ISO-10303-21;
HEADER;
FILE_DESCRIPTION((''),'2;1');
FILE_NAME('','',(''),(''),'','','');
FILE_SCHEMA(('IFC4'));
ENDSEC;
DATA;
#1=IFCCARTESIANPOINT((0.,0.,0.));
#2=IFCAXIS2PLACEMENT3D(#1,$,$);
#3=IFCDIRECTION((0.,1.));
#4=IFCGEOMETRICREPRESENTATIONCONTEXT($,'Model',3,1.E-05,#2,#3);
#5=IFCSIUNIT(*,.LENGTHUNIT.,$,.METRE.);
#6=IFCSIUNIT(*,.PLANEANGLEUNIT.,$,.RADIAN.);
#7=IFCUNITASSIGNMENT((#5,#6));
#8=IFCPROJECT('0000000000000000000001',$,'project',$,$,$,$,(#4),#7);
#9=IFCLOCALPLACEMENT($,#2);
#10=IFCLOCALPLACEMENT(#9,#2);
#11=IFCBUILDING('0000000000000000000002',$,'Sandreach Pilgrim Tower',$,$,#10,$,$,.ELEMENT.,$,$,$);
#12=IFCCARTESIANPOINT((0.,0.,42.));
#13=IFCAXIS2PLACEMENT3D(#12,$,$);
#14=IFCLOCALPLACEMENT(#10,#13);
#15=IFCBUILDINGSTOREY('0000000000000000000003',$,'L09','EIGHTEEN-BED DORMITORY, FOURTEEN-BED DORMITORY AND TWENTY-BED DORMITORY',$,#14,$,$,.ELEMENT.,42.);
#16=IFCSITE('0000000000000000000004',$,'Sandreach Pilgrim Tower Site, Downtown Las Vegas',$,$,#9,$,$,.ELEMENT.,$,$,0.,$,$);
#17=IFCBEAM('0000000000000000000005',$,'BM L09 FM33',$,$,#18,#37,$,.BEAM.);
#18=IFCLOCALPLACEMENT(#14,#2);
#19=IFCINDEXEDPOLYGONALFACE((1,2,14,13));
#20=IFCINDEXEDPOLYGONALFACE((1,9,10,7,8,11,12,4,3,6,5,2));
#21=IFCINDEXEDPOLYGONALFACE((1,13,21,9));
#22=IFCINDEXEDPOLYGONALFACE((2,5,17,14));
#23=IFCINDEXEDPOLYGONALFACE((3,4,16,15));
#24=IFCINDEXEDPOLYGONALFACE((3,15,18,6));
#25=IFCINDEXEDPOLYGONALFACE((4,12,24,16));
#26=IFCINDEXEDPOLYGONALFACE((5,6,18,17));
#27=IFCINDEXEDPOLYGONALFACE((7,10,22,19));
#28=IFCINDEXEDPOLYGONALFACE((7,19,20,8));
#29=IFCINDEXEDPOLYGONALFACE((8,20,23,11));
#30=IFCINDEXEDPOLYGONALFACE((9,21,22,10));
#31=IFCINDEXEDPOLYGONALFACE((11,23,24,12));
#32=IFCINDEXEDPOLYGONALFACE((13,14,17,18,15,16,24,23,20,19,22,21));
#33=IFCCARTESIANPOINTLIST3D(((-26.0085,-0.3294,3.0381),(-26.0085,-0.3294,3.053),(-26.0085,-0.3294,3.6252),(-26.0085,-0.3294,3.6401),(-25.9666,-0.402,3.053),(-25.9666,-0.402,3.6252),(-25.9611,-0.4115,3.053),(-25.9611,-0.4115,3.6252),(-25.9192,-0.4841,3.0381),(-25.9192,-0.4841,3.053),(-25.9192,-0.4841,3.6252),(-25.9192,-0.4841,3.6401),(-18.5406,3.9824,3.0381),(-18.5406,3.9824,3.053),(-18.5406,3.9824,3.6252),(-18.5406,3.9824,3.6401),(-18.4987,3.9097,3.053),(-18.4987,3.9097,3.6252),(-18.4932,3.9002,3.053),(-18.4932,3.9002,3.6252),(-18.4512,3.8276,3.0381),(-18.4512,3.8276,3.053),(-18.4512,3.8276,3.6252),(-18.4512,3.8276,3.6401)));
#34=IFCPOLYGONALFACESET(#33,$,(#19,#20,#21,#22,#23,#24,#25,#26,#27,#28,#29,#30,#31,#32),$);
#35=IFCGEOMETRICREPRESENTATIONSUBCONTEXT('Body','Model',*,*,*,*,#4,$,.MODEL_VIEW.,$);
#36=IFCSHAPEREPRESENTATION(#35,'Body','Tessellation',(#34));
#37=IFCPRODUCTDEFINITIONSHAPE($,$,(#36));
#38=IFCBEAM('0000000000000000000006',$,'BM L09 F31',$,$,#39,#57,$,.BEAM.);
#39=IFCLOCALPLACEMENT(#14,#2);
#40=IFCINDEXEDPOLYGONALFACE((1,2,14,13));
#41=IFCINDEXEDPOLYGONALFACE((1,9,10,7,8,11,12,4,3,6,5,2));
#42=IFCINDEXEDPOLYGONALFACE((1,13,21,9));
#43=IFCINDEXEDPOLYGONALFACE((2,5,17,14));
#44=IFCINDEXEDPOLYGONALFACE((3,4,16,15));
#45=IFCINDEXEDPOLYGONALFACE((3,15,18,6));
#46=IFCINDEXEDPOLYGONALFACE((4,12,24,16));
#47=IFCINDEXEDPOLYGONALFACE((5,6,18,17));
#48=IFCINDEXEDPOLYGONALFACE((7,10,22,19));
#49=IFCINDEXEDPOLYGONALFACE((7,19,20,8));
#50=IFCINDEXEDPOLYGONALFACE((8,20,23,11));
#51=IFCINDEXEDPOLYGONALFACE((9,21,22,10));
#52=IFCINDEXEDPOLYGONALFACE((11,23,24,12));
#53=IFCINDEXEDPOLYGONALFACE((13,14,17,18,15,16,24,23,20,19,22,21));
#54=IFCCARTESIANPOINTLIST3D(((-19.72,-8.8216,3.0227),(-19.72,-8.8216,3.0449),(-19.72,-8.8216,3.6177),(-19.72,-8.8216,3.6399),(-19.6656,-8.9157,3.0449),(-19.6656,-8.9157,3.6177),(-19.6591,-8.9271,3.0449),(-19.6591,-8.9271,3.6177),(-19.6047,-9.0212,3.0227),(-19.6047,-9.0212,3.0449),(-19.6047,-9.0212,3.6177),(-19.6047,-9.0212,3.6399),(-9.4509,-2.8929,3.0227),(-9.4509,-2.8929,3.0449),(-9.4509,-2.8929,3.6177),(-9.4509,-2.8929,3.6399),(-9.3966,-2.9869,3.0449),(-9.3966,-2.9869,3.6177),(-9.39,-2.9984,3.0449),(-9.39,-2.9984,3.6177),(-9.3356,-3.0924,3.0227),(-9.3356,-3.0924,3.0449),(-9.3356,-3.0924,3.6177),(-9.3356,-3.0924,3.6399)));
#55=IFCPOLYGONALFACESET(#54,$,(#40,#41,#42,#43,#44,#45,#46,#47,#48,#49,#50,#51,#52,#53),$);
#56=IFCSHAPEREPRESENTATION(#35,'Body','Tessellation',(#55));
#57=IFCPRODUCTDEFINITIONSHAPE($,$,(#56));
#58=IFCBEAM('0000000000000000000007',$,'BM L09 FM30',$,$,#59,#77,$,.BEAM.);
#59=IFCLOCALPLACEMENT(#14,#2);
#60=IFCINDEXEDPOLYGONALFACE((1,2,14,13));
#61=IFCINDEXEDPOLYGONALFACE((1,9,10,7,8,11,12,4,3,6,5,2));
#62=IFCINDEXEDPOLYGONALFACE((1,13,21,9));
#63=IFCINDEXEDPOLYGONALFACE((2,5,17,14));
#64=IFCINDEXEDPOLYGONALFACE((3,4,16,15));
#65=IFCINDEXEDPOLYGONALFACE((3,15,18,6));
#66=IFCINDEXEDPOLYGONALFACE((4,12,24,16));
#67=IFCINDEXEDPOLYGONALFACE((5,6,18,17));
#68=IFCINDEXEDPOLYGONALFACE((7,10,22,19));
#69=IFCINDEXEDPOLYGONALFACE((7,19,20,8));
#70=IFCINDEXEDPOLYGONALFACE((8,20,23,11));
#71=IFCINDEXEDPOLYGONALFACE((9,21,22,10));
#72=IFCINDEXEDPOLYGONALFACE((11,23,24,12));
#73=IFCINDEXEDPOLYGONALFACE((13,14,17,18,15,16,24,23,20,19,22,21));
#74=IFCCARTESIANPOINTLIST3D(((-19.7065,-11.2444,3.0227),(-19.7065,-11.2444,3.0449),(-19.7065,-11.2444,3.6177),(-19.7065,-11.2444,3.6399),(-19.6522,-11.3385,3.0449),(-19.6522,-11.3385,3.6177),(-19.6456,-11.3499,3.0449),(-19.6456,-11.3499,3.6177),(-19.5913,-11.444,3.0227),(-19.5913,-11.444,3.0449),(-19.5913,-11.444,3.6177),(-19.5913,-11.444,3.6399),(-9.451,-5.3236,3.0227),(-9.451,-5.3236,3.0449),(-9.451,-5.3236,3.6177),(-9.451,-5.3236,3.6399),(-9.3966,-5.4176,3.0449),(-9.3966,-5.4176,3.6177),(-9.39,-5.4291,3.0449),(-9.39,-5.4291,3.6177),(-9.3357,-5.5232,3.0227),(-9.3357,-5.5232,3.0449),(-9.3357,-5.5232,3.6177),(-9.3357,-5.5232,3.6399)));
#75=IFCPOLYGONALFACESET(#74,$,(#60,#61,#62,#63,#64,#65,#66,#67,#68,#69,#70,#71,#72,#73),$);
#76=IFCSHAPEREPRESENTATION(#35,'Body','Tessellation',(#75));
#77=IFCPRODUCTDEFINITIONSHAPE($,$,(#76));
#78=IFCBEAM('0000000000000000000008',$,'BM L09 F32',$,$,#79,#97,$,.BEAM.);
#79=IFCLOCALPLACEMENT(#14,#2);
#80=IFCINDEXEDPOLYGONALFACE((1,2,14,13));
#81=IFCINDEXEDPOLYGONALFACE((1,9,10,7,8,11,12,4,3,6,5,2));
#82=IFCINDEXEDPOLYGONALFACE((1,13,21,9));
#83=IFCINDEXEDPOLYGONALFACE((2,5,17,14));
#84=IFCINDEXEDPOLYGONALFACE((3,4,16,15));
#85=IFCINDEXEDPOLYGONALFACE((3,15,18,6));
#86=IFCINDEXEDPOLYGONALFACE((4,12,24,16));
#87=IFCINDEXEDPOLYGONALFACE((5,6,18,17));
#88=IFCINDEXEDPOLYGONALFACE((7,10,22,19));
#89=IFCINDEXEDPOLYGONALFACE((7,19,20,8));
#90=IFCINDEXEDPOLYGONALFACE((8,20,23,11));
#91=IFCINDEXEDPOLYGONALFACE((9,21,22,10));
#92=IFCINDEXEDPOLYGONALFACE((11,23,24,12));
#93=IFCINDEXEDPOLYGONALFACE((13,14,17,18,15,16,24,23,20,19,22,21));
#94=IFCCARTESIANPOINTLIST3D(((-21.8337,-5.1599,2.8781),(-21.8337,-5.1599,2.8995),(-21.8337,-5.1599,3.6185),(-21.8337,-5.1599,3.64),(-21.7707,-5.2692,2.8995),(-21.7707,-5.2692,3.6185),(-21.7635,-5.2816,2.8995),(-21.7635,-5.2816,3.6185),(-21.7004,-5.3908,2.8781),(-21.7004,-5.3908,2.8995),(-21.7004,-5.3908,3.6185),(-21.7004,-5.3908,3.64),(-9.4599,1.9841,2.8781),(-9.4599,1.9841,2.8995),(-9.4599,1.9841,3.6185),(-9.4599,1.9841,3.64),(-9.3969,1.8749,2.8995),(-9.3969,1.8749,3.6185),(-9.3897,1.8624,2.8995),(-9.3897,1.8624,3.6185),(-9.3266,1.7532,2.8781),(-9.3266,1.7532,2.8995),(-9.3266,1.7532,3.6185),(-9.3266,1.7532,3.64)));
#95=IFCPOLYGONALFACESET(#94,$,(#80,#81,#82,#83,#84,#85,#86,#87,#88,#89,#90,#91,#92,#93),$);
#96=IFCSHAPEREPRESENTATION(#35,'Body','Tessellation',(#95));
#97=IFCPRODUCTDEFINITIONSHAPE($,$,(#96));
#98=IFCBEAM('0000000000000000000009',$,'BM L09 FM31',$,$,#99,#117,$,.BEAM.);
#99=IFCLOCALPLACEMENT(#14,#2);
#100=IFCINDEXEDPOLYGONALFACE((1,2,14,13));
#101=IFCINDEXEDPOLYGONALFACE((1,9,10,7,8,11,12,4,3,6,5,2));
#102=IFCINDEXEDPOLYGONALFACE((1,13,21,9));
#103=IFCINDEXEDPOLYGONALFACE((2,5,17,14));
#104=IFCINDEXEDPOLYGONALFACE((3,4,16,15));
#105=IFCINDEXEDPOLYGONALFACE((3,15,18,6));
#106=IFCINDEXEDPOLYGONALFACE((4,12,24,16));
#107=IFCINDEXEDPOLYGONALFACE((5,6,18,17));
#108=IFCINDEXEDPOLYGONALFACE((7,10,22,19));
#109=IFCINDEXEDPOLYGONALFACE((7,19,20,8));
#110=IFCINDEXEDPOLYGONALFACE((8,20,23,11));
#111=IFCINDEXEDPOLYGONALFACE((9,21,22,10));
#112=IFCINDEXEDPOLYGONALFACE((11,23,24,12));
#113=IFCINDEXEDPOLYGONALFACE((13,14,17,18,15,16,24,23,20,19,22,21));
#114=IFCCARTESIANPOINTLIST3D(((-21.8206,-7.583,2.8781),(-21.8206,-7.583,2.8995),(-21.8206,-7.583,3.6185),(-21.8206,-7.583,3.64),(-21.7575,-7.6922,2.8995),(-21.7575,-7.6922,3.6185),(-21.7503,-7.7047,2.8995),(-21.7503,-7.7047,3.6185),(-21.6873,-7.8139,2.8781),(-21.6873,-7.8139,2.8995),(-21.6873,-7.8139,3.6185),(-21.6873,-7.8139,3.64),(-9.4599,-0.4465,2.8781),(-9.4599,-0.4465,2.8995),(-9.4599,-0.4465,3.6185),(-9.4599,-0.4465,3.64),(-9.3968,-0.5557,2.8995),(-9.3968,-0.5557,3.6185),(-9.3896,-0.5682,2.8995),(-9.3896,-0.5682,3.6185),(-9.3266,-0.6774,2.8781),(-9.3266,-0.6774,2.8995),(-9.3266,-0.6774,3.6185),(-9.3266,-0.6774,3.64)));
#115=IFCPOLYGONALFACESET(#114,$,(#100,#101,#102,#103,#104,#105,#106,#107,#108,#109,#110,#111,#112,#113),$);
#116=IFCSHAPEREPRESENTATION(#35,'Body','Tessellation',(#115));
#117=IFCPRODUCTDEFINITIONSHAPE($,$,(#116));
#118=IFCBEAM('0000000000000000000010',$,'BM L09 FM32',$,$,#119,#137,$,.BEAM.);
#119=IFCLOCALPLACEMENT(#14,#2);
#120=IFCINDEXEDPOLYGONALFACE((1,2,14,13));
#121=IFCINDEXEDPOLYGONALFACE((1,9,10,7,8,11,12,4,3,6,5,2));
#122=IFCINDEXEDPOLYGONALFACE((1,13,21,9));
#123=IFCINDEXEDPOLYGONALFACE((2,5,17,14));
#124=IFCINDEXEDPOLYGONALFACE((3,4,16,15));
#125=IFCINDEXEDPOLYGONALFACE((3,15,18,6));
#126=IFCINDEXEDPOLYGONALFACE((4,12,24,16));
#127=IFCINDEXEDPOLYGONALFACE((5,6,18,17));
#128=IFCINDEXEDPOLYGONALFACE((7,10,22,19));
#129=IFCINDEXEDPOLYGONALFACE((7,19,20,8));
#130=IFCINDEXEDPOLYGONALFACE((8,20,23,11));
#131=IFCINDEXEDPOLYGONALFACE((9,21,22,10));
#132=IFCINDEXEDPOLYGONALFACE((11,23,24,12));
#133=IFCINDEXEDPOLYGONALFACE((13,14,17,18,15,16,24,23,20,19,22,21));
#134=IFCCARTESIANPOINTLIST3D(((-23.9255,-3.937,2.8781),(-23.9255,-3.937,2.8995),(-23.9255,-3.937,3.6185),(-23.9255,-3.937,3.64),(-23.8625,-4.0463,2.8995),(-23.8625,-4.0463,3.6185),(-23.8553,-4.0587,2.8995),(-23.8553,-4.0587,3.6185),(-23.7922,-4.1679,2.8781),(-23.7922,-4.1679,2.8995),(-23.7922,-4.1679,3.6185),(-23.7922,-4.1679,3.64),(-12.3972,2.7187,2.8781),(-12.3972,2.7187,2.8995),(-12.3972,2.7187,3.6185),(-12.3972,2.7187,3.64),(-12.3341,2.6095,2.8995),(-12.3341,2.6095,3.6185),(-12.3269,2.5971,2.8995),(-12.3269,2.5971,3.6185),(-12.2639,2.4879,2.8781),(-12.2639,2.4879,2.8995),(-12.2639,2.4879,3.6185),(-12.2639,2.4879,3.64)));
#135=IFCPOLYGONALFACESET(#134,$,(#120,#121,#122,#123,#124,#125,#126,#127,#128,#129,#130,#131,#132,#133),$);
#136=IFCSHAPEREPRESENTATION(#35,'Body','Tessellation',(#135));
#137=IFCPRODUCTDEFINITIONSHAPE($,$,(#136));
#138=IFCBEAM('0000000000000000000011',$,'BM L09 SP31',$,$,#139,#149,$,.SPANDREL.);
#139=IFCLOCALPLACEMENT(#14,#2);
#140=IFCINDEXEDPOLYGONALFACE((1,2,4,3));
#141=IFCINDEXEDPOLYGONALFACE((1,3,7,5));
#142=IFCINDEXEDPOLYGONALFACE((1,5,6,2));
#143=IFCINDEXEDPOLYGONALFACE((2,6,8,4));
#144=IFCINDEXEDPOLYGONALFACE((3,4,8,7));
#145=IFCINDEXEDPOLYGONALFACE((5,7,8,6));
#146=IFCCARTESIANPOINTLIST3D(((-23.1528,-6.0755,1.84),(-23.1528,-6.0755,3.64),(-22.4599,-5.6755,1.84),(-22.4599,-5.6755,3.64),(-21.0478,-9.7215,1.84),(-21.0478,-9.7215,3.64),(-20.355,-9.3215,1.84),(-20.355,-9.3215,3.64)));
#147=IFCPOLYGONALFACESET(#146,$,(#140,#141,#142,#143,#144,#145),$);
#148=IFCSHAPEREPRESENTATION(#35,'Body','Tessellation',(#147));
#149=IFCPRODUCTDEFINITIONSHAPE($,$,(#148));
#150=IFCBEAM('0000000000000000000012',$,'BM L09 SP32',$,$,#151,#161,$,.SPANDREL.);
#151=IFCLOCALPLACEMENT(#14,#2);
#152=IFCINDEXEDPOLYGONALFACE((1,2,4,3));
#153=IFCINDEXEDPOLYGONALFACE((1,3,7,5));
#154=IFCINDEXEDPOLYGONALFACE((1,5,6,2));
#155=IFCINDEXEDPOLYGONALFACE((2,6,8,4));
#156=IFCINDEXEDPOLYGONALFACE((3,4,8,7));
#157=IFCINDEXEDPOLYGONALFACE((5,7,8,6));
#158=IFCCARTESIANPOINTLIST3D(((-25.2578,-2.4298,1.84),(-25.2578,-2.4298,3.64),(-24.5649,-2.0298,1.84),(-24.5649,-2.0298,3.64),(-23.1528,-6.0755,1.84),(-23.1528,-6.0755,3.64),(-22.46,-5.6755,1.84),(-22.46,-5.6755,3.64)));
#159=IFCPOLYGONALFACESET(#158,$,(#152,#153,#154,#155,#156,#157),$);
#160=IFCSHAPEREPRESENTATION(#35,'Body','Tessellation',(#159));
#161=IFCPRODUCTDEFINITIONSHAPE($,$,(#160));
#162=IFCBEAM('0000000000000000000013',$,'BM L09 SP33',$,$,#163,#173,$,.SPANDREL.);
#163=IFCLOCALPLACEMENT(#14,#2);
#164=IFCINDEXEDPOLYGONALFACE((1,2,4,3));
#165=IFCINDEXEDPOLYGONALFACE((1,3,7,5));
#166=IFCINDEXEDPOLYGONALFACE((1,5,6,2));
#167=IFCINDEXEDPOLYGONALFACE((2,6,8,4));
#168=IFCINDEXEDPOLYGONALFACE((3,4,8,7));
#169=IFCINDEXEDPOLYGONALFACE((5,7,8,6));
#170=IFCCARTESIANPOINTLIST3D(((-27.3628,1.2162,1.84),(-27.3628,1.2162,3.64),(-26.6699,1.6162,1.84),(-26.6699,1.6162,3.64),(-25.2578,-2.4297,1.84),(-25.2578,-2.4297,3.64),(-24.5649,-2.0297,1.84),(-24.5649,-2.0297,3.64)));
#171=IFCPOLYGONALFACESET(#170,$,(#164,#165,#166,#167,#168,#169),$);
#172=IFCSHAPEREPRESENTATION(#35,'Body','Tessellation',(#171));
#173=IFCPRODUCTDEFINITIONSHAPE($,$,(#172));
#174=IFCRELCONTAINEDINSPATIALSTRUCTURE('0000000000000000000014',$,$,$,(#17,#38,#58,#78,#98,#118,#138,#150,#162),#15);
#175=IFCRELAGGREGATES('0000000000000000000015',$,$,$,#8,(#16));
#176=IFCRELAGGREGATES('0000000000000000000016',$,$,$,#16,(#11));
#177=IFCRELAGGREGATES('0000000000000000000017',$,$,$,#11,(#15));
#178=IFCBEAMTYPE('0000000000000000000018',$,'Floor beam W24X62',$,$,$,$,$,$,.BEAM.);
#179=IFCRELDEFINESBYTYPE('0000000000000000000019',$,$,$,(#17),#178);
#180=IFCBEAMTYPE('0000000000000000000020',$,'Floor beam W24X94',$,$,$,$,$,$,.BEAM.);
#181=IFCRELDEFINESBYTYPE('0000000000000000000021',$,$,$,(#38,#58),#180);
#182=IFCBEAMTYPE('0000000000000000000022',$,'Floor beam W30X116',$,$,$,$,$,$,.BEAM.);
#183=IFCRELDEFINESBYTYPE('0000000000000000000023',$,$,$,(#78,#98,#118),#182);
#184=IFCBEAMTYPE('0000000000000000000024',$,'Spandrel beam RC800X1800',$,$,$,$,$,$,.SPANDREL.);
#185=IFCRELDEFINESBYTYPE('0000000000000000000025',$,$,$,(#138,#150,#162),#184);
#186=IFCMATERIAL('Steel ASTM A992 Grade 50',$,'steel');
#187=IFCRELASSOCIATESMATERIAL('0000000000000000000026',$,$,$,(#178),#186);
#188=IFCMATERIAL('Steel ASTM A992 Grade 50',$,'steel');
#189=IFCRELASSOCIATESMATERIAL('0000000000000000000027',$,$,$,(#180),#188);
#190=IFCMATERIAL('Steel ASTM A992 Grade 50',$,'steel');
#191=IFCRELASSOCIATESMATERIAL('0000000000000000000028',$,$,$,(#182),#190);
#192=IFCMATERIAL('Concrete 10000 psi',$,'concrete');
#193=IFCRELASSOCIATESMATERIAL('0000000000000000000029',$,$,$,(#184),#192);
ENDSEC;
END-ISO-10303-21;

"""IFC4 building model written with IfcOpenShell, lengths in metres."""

from ifc_helpers import new_model, si_unit, direction, frame, origin, origin_2d, place, context, subcontext, project, spatial, rectangle, i_section, extrude, material, material_profile, profile_set, type_object, element, save


model = new_model("IFC4")

# Units and contexts
model_context = context("Model", 3, precision=1e-05, world=origin(), true_north=direction((0.0, 1.0)))
body_context = subcontext(model_context, "Body", "Model", "MODEL_VIEW")
ifc_project = project(units=[si_unit("LENGTHUNIT", "METRE"), si_unit("PLANEANGLEUNIT", "RADIAN")], contexts=[model_context])

# Site, building, storey
site_placement = place(None, origin())
site = spatial("IfcSite", under=ifc_project, at=site_placement, Name="Sandreach Pilgrim Tower Site, Downtown Las Vegas", CompositionType="ELEMENT", RefElevation=0.0)
building_placement = place(site_placement, origin())
building = spatial("IfcBuilding", under=site, at=building_placement, Name="Sandreach Pilgrim Tower", CompositionType="ELEMENT")
storey_placement = place(building_placement, frame((0.0, 0.0, 42.0)))
storey = spatial("IfcBuildingStorey", under=building, at=storey_placement, Name="L09", Description="EIGHTEEN-BED DORMITORY, FOURTEEN-BED DORMITORY AND TWENTY-BED DORMITORY", CompositionType="ELEMENT", Elevation=42.0)

# Beams
ifc_material_1 = material(Name="Steel ASTM A992 Grade 50", Category="steel")
ifc_material_profile_1 = material_profile(ifc_material_1, i_section(OverallWidth=0.1787, OverallDepth=0.6021, WebThickness=0.011, FlangeThickness=0.0149, at=origin_2d()), Name="W24X62")
ifc_profile_set_1 = profile_set([ifc_material_profile_1], Name="Steel ASTM A992 Grade 50")
beam_type_1 = type_object("IfcBeamType", Name="Floor beam W24X62", PredefinedType="BEAM", material=ifc_profile_set_1)
beam_1_placement = place(storey_placement, frame((-25.9639, -0.4067, 3.3391), z_axis=(0.86602, 0.500009, 0.0), x_axis=(-0.500009, 0.86602, 0.0)))
element("IfcBeam", 1, at=beam_1_placement, inside=storey, type_object=beam_type_1, Name="BM L09 FM33", PredefinedType="BEAM", context=body_context, shape_type="SweptSolid", body=[
    extrude(i_section(OverallWidth=0.1787, OverallDepth=0.6021, WebThickness=0.011, FlangeThickness=0.0149, at=origin_2d()), origin(), (0.0, 0.0, 1.0), 8.6233),
])
ifc_material_2 = material(Name="Steel ASTM A992 Grade 50", Category="steel")
ifc_material_profile_2 = material_profile(ifc_material_2, i_section(OverallWidth=0.2305, OverallDepth=0.6172, WebThickness=0.0132, FlangeThickness=0.0222, at=origin_2d()), Name="W24X94")
ifc_profile_set_2 = profile_set([ifc_material_profile_2], Name="Steel ASTM A992 Grade 50")
beam_type_2 = type_object("IfcBeamType", Name="Floor beam W24X94", PredefinedType="BEAM", material=ifc_profile_set_2)
beam_2_placement = place(storey_placement, frame((-19.6624, -8.9214, 3.3313), z_axis=(0.86603, 0.499992, 0.0), x_axis=(-0.499992, 0.86603, 0.0)))
element("IfcBeam", 2, at=beam_2_placement, inside=storey, type_object=beam_type_2, Name="BM L09 F31", PredefinedType="BEAM", context=body_context, shape_type="SweptSolid", body=[
    extrude(i_section(OverallWidth=0.2305, OverallDepth=0.6172, WebThickness=0.0132, FlangeThickness=0.0222, at=origin_2d()), origin(), (0.0, 0.0, 1.0), 11.8577),
])
beam_3_placement = place(storey_placement, frame((-19.6489, -11.3442, 3.3313), z_axis=(0.866032, 0.499988, 0.0), x_axis=(-0.499988, 0.866032, 0.0)))
element("IfcBeam", 3, at=beam_3_placement, inside=storey, type_object=beam_type_2, Name="BM L09 FM30", PredefinedType="BEAM", context=body_context, shape_type="SweptSolid", body=[
    extrude(i_section(OverallWidth=0.2305, OverallDepth=0.6172, WebThickness=0.0132, FlangeThickness=0.0222, at=origin_2d()), origin(), (0.0, 0.0, 1.0), 11.842),
])
ifc_material_3 = material(Name="Steel ASTM A992 Grade 50", Category="steel")
ifc_material_profile_3 = material_profile(ifc_material_3, i_section(OverallWidth=0.2666, OverallDepth=0.762, WebThickness=0.0144, FlangeThickness=0.0215, at=origin_2d()), Name="W30X116")
ifc_profile_set_3 = profile_set([ifc_material_profile_3], Name="Steel ASTM A992 Grade 50")
beam_type_3 = type_object("IfcBeamType", Name="Floor beam W30X116", PredefinedType="BEAM", material=ifc_profile_set_3)
beam_4_placement = place(storey_placement, frame((-21.7671, -5.2754, 3.259), z_axis=(0.866024, 0.500002, 0.0), x_axis=(-0.500002, 0.866024, 0.0)))
element("IfcBeam", 4, at=beam_4_placement, inside=storey, type_object=beam_type_3, Name="BM L09 F32", PredefinedType="BEAM", context=body_context, shape_type="SweptSolid", body=[
    extrude(i_section(OverallWidth=0.2666, OverallDepth=0.762, WebThickness=0.0144, FlangeThickness=0.0215, at=origin_2d()), origin(), (0.0, 0.0, 1.0), 14.2881),
])
beam_5_placement = place(storey_placement, frame((-21.7539, -7.6985, 3.259), z_axis=(0.866023, 0.500004, 0.0), x_axis=(-0.500004, 0.866023, 0.0)))
element("IfcBeam", 5, at=beam_5_placement, inside=storey, type_object=beam_type_3, Name="BM L09 FM31", PredefinedType="BEAM", context=body_context, shape_type="SweptSolid", body=[
    extrude(i_section(OverallWidth=0.2666, OverallDepth=0.762, WebThickness=0.0144, FlangeThickness=0.0215, at=origin_2d()), origin(), (0.0, 0.0, 1.0), 14.2729),
])
beam_6_placement = place(storey_placement, frame((-23.8589, -4.0525, 3.259), z_axis=(0.866029, 0.499993, 0.0), x_axis=(-0.499993, 0.866029, 0.0)))
element("IfcBeam", 6, at=beam_6_placement, inside=storey, type_object=beam_type_3, Name="BM L09 FM32", PredefinedType="BEAM", context=body_context, shape_type="SweptSolid", body=[
    extrude(i_section(OverallWidth=0.2666, OverallDepth=0.762, WebThickness=0.0144, FlangeThickness=0.0215, at=origin_2d()), origin(), (0.0, 0.0, 1.0), 13.3118),
])
ifc_material_4 = material(Name="Concrete 10000 psi", Category="concrete")
ifc_material_profile_4 = material_profile(ifc_material_4, rectangle(XDim=0.8, YDim=1.8, at=origin_2d()), Name="RC800X1800")
ifc_profile_set_4 = profile_set([ifc_material_profile_4], Name="Concrete 10000 psi")
beam_type_4 = type_object("IfcBeamType", Name="Spandrel beam RC800X1800", PredefinedType="SPANDREL", material=ifc_profile_set_4)
beam_7_placement = place(storey_placement, frame((-20.7014, -9.5215, 2.74), z_axis=(-0.499994, 0.866029, 0.0), x_axis=(-0.866029, -0.499994, 0.0)))
element("IfcBeam", 7, at=beam_7_placement, inside=storey, type_object=beam_type_4, Name="BM L09 SP31", PredefinedType="SPANDREL", context=body_context, shape_type="SweptSolid", body=[
    extrude(rectangle(XDim=0.8, YDim=1.8, at=origin_2d()), origin(), (0.0, 0.0, 1.0), 4.21),
])
beam_8_placement = place(storey_placement, frame((-22.8064, -5.8755, 2.74), z_axis=(-0.500019, 0.866015, 0.0), x_axis=(-0.866015, -0.500019, 0.0)))
element("IfcBeam", 8, at=beam_8_placement, inside=storey, type_object=beam_type_4, Name="BM L09 SP32", PredefinedType="SPANDREL", context=body_context, shape_type="SweptSolid", body=[
    extrude(rectangle(XDim=0.8, YDim=1.8, at=origin_2d()), origin(), (0.0, 0.0, 1.0), 4.2097),
])
beam_9_placement = place(storey_placement, frame((-24.9114, -2.2297, 2.74), z_axis=(-0.499994, 0.866029, 0.0), x_axis=(-0.866029, -0.499994, 0.0)))
element("IfcBeam", 9, at=beam_9_placement, inside=storey, type_object=beam_type_4, Name="BM L09 SP33", PredefinedType="SPANDREL", context=body_context, shape_type="SweptSolid", body=[
    extrude(rectangle(XDim=0.8, YDim=1.8, at=origin_2d()), origin(), (0.0, 0.0, 1.0), 4.21),
])

save(model, "model.ifc")
